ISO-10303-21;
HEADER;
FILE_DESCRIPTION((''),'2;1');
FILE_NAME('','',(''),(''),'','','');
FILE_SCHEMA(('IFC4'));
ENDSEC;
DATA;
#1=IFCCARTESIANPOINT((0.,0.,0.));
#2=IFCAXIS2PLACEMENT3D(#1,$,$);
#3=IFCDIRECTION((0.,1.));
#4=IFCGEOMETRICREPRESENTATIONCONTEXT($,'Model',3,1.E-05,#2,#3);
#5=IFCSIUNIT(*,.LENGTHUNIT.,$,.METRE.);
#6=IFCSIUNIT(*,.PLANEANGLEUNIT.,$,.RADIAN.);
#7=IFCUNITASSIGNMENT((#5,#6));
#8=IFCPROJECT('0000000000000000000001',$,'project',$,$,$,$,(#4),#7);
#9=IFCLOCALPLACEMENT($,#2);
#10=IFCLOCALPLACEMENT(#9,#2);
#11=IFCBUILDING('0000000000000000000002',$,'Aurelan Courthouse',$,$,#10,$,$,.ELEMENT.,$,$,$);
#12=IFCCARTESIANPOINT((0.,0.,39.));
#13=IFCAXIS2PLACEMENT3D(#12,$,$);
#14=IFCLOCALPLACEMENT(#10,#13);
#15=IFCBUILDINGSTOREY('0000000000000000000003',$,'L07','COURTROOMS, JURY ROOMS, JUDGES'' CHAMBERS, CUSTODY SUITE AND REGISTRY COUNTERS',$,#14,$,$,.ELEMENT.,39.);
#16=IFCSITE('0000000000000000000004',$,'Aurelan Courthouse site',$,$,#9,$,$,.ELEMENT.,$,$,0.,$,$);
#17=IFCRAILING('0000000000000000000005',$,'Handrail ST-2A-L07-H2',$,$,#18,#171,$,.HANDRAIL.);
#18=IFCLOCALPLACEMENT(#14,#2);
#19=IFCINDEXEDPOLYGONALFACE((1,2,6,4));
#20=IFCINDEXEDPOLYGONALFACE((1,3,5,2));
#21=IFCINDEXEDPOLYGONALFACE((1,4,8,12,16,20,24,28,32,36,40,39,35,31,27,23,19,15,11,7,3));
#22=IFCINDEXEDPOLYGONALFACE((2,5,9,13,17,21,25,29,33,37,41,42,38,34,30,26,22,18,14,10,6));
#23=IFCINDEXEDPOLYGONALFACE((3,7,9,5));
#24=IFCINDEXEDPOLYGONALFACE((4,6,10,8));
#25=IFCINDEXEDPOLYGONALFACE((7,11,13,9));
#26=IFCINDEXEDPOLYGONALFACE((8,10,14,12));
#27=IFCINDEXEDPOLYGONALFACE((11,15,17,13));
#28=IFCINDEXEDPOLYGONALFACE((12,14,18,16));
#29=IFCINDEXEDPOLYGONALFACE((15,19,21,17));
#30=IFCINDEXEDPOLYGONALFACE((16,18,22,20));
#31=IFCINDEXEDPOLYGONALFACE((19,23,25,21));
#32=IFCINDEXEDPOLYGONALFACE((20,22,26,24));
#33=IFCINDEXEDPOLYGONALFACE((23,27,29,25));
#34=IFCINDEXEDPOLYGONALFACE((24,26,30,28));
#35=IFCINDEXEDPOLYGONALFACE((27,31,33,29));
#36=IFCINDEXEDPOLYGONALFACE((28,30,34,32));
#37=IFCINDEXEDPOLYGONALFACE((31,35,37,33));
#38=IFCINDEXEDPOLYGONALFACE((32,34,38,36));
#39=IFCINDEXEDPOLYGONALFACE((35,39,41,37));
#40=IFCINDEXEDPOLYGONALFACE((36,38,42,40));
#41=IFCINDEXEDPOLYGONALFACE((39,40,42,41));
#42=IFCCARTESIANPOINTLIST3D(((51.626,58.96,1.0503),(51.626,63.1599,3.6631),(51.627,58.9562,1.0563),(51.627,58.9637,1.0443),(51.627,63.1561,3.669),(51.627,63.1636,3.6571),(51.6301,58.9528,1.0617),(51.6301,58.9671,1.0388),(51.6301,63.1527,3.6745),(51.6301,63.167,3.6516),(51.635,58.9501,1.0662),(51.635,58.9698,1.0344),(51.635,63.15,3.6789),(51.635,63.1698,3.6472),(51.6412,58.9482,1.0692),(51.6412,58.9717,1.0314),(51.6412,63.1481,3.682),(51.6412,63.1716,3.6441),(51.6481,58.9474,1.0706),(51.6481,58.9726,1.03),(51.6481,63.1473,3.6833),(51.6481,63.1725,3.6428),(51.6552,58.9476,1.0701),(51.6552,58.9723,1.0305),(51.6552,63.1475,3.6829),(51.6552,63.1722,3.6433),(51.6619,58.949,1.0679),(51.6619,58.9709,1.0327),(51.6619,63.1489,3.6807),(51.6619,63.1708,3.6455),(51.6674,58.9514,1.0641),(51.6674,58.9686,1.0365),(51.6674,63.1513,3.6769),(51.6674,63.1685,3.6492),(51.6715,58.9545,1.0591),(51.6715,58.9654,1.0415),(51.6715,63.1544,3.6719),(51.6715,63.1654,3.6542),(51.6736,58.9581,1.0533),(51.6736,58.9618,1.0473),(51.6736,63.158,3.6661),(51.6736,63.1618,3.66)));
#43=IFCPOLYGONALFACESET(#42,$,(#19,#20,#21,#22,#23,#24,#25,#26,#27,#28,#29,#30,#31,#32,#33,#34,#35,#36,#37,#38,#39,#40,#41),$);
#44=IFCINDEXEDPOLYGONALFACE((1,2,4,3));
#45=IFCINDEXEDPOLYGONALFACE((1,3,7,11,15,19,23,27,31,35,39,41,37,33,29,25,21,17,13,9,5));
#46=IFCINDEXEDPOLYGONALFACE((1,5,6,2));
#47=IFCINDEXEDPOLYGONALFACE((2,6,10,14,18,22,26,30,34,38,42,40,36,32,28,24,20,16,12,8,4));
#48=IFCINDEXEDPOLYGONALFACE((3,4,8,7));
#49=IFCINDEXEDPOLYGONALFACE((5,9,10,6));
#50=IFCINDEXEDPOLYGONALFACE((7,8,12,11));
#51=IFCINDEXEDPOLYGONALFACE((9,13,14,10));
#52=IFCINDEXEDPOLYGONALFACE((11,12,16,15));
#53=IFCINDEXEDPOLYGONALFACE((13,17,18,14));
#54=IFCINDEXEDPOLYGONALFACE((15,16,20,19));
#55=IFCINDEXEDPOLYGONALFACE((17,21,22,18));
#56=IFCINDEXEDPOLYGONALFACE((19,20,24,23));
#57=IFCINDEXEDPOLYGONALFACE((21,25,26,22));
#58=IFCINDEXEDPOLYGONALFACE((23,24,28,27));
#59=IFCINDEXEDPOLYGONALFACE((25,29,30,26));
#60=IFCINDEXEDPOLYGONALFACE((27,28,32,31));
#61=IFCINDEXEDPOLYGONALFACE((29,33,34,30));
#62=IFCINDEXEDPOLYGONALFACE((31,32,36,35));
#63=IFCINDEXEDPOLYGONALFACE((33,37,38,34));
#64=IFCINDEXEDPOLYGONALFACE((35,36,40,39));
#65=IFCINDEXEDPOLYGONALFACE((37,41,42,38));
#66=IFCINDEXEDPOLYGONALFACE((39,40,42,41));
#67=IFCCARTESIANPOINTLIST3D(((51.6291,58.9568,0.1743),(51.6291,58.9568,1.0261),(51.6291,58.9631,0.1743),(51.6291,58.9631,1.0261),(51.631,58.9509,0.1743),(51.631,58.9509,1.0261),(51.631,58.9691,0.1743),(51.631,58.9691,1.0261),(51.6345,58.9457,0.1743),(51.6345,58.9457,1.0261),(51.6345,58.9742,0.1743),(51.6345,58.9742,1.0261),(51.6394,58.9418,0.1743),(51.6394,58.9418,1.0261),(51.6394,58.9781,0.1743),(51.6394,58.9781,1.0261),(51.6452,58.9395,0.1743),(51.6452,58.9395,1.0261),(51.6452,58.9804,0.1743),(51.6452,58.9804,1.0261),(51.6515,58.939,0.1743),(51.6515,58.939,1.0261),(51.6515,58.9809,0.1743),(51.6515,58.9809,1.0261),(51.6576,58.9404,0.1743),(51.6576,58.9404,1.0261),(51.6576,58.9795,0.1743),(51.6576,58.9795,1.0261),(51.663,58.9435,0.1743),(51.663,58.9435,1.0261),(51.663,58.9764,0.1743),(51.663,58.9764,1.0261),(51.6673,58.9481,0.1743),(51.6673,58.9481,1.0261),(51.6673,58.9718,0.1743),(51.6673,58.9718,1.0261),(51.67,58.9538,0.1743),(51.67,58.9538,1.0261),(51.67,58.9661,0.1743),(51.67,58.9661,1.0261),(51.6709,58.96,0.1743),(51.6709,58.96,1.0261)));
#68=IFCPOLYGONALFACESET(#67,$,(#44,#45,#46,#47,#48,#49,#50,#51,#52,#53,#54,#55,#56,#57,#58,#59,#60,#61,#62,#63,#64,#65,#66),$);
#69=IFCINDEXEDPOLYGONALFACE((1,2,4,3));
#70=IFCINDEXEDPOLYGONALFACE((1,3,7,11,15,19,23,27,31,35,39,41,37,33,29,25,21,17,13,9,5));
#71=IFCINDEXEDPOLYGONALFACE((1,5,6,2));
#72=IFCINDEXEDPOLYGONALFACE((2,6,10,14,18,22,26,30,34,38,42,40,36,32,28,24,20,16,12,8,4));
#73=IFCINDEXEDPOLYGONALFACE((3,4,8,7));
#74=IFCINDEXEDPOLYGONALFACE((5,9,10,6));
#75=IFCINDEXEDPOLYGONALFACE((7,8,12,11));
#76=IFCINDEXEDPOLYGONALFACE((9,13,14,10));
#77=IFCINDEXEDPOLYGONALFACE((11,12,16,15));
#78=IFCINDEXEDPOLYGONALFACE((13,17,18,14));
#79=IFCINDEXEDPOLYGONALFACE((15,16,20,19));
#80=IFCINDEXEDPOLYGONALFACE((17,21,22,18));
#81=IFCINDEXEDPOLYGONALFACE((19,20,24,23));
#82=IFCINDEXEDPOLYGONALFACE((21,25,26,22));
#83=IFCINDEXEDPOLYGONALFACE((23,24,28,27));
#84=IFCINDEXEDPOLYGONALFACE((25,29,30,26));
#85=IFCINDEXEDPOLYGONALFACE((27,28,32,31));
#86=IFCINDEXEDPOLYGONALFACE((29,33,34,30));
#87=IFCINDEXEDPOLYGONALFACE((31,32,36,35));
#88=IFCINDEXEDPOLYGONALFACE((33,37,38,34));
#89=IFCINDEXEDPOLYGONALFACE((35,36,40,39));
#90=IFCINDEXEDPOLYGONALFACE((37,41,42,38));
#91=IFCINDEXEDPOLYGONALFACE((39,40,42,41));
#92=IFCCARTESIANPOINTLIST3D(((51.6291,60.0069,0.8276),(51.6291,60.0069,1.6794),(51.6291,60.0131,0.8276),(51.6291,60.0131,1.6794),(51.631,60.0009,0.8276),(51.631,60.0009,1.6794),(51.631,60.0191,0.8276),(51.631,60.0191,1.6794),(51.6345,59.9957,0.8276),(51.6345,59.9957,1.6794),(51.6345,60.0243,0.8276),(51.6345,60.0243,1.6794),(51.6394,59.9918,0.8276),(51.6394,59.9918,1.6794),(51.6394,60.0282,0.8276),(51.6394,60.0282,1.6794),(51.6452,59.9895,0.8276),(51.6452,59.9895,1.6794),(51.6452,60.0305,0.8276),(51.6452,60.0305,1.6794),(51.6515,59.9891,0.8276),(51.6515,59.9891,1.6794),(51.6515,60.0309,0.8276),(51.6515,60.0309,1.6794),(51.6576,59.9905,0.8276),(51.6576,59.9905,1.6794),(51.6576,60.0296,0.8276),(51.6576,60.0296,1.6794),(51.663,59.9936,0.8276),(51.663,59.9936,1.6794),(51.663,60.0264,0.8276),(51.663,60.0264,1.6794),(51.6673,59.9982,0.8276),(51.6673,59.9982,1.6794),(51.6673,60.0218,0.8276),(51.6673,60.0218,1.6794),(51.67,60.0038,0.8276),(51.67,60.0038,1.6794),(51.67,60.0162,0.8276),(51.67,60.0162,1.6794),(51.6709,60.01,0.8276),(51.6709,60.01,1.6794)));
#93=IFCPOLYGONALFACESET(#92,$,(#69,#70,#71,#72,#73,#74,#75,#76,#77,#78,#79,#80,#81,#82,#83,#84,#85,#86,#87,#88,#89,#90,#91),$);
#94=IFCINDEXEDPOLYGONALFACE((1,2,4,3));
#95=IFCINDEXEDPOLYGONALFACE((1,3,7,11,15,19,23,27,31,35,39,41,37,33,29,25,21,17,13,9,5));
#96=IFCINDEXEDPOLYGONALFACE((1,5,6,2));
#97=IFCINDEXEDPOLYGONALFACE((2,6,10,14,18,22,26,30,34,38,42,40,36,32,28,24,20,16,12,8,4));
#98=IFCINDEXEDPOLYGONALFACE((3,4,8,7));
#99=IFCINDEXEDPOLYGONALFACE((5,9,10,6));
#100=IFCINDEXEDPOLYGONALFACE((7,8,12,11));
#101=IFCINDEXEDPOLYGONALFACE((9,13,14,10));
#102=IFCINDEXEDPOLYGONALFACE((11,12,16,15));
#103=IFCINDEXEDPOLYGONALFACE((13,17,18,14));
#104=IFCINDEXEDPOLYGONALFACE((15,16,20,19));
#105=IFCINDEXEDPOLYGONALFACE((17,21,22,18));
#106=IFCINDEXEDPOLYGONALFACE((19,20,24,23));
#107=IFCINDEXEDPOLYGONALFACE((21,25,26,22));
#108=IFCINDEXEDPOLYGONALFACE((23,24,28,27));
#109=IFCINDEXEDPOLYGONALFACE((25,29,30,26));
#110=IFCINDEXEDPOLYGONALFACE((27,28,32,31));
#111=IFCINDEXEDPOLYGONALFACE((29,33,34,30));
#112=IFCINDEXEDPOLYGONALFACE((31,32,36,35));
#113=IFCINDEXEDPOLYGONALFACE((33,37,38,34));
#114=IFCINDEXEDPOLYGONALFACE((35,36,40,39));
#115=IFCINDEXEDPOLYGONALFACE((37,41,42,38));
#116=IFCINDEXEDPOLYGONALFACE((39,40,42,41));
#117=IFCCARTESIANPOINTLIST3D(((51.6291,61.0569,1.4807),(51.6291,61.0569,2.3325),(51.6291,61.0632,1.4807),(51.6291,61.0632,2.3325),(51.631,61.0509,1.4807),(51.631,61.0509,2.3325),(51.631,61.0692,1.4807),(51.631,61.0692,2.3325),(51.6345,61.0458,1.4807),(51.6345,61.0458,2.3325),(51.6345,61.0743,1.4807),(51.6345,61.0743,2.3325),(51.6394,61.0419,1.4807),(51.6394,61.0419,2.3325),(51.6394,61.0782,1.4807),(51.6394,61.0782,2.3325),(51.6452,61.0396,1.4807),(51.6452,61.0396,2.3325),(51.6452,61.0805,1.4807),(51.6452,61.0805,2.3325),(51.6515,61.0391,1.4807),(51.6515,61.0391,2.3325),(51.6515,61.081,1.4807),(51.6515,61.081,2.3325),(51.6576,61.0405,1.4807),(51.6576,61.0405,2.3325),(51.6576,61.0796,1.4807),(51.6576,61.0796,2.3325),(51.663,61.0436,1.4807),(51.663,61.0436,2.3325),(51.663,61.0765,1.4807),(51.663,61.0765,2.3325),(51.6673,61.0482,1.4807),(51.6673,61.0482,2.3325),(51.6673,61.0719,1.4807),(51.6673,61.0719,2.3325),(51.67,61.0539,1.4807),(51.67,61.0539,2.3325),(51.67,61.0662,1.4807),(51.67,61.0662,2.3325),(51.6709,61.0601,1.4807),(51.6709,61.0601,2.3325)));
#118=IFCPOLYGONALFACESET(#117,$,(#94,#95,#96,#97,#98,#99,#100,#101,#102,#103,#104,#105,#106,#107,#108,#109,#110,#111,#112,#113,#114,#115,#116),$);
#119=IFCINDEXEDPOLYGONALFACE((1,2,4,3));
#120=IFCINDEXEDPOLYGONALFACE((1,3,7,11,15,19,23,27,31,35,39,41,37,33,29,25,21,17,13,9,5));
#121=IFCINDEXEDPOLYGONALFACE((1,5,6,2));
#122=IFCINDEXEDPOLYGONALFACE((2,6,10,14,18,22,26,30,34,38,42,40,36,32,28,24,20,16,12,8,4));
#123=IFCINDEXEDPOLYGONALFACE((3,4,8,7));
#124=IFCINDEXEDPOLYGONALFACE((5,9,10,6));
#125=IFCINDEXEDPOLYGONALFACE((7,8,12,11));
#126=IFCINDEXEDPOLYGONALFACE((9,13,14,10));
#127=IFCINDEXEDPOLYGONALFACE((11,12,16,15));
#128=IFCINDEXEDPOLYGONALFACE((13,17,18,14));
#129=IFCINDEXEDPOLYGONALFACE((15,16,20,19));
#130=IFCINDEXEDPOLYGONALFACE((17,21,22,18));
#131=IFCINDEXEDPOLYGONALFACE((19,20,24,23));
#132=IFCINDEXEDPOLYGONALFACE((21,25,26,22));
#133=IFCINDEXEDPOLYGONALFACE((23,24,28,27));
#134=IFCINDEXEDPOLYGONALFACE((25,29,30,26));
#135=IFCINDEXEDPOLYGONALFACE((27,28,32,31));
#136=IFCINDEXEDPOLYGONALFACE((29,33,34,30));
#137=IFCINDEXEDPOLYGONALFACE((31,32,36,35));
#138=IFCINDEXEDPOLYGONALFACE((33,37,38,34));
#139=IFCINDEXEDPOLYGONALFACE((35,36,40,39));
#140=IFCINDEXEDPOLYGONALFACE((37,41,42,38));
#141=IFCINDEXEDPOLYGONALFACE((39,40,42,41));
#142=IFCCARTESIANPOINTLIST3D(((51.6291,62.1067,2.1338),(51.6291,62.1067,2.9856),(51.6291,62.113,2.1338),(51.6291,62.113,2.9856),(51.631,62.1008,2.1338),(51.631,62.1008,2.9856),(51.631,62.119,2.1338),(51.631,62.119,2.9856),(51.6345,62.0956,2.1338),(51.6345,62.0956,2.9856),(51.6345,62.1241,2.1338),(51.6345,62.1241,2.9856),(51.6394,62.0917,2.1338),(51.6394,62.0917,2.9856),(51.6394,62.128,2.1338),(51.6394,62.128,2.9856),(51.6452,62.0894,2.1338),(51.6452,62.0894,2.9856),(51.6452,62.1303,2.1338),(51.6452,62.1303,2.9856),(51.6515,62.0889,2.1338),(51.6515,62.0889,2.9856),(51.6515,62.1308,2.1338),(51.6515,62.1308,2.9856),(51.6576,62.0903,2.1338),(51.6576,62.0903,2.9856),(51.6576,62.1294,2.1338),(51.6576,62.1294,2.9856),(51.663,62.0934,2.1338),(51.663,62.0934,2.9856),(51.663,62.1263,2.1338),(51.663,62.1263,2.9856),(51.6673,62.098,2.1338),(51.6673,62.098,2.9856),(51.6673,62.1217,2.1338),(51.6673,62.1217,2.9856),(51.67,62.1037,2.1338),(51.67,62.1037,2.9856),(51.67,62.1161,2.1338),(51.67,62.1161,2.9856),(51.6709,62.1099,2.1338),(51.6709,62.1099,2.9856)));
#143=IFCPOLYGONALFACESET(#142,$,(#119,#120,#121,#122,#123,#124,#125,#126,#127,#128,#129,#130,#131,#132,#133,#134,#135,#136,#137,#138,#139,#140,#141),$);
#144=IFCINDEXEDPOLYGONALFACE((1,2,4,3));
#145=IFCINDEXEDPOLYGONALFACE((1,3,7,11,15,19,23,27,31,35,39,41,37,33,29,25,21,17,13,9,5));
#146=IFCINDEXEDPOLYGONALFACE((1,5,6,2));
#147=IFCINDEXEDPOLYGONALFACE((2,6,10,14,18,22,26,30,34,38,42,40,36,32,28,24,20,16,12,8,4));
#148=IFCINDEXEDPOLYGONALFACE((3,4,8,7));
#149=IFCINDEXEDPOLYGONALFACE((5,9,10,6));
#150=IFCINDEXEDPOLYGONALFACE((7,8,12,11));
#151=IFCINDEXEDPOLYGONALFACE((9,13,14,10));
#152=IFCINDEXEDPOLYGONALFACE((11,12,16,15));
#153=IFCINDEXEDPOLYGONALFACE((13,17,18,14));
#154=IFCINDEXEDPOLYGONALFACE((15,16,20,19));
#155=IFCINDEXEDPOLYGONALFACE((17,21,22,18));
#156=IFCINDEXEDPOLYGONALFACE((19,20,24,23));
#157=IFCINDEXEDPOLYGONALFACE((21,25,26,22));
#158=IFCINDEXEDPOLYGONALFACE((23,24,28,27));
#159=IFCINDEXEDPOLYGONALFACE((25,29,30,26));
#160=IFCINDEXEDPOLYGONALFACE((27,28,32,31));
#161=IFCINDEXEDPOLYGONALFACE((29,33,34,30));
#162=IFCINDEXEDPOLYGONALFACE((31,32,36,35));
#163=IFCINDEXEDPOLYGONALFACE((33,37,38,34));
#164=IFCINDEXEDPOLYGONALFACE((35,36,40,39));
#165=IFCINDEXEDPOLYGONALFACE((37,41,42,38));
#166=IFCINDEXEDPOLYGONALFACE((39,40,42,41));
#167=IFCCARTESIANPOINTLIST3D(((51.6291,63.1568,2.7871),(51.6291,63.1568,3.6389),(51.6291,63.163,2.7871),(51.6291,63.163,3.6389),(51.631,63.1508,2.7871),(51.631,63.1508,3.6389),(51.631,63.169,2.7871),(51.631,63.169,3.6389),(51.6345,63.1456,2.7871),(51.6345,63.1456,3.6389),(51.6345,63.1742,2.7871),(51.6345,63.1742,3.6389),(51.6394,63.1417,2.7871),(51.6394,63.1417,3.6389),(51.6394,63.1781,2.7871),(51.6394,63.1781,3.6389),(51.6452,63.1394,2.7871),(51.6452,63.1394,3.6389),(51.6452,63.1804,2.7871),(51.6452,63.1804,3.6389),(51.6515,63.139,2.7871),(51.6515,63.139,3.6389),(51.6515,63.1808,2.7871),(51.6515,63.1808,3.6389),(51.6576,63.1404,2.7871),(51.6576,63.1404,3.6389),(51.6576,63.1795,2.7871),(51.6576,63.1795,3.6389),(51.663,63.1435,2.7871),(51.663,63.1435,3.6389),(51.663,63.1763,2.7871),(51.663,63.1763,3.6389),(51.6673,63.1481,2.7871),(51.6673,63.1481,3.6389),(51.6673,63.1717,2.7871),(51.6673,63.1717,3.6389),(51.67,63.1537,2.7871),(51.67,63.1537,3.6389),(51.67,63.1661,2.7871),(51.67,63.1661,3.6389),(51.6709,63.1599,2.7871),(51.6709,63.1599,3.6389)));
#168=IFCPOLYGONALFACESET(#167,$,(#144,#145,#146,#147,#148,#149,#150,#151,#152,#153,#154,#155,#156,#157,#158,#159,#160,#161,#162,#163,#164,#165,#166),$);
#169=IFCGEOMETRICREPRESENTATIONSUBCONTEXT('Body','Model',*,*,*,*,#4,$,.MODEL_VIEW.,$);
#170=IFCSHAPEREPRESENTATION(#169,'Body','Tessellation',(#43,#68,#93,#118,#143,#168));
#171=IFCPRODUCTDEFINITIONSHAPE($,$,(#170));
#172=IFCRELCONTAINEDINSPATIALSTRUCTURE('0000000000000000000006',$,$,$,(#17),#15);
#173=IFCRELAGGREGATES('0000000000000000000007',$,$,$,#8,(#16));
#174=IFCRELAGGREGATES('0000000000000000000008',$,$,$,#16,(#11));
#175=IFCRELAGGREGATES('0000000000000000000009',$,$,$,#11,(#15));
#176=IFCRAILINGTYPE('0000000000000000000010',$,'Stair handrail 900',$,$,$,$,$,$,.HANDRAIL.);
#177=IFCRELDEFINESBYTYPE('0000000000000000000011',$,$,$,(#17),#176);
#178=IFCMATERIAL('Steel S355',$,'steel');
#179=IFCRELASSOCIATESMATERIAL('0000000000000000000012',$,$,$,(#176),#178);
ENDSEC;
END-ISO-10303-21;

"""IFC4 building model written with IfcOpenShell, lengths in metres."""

from ifc_helpers import new_model, si_unit, direction, frame, origin, origin_2d, place, context, subcontext, project, spatial, circle, extrude, material, type_object, element, save


model = new_model("IFC4")

# Units and contexts
model_context = context("Model", 3, precision=1e-05, world=origin(), true_north=direction((0.0, 1.0)))
body_context = subcontext(model_context, "Body", "Model", "MODEL_VIEW")
ifc_project = project(units=[si_unit("LENGTHUNIT", "METRE"), si_unit("PLANEANGLEUNIT", "RADIAN")], contexts=[model_context])

# Site, building, storey
site_placement = place(None, origin())
site = spatial("IfcSite", under=ifc_project, at=site_placement, Name="Aurelan Courthouse site", CompositionType="ELEMENT", RefElevation=0.0)
building_placement = place(site_placement, origin())
building = spatial("IfcBuilding", under=site, at=building_placement, Name="Aurelan Courthouse", CompositionType="ELEMENT")
storey_placement = place(building_placement, frame((0.0, 0.0, 39.0)))
storey = spatial("IfcBuildingStorey", under=building, at=storey_placement, Name="L07", Description="COURTROOMS, JURY ROOMS, JUDGES' CHAMBERS, CUSTODY SUITE AND REGISTRY COUNTERS", CompositionType="ELEMENT", Elevation=39.0)

# Shared definitions
ifc_material_1 = material(Name="Steel S355", Category="steel")

# Railing
railing_type_1 = type_object("IfcRailingType", Name="Stair handrail 900", PredefinedType="HANDRAIL", material=ifc_material_1)
for number, where, name in (
    (1, (51.6499, 58.96, 0.1743), "Handrail ST-2A-L07-H2"),
):
    element("IfcRailing", number, at=place(storey_placement, frame(where)), inside=storey, type_object=railing_type_1, Name=name, PredefinedType="HANDRAIL", context=body_context, shape_type="SweptSolid", body=[
        extrude(circle(Radius=0.0239, at=origin_2d()), frame((0.0, 0.0, 0.876), z_axis=(0.0, 0.849103, 0.528228), x_axis=(-1.0, 0.0, 0.0)), (0.0, 0.0, 1.0), 4.9463),
        extrude(circle(Radius=0.021, at=origin_2d()), origin(), (0.0, 0.0, 1.0), 0.8518),
        extrude(circle(Radius=0.021, at=origin_2d()), frame((0.0, 1.05, 0.6533)), (0.0, 0.0, 1.0), 0.8518),
        extrude(circle(Radius=0.021, at=origin_2d()), frame((0.0, 2.1001, 1.3064)), (0.0, 0.0, 1.0), 0.8518),
        extrude(circle(Radius=0.021, at=origin_2d()), frame((0.0, 3.1499, 1.9595)), (0.0, 0.0, 1.0), 0.8518),
        extrude(circle(Radius=0.021, at=origin_2d()), frame((0.0, 4.2, 2.6128)), (0.0, 0.0, 1.0), 0.8518),
    ])

save(model, "model.ifc")
